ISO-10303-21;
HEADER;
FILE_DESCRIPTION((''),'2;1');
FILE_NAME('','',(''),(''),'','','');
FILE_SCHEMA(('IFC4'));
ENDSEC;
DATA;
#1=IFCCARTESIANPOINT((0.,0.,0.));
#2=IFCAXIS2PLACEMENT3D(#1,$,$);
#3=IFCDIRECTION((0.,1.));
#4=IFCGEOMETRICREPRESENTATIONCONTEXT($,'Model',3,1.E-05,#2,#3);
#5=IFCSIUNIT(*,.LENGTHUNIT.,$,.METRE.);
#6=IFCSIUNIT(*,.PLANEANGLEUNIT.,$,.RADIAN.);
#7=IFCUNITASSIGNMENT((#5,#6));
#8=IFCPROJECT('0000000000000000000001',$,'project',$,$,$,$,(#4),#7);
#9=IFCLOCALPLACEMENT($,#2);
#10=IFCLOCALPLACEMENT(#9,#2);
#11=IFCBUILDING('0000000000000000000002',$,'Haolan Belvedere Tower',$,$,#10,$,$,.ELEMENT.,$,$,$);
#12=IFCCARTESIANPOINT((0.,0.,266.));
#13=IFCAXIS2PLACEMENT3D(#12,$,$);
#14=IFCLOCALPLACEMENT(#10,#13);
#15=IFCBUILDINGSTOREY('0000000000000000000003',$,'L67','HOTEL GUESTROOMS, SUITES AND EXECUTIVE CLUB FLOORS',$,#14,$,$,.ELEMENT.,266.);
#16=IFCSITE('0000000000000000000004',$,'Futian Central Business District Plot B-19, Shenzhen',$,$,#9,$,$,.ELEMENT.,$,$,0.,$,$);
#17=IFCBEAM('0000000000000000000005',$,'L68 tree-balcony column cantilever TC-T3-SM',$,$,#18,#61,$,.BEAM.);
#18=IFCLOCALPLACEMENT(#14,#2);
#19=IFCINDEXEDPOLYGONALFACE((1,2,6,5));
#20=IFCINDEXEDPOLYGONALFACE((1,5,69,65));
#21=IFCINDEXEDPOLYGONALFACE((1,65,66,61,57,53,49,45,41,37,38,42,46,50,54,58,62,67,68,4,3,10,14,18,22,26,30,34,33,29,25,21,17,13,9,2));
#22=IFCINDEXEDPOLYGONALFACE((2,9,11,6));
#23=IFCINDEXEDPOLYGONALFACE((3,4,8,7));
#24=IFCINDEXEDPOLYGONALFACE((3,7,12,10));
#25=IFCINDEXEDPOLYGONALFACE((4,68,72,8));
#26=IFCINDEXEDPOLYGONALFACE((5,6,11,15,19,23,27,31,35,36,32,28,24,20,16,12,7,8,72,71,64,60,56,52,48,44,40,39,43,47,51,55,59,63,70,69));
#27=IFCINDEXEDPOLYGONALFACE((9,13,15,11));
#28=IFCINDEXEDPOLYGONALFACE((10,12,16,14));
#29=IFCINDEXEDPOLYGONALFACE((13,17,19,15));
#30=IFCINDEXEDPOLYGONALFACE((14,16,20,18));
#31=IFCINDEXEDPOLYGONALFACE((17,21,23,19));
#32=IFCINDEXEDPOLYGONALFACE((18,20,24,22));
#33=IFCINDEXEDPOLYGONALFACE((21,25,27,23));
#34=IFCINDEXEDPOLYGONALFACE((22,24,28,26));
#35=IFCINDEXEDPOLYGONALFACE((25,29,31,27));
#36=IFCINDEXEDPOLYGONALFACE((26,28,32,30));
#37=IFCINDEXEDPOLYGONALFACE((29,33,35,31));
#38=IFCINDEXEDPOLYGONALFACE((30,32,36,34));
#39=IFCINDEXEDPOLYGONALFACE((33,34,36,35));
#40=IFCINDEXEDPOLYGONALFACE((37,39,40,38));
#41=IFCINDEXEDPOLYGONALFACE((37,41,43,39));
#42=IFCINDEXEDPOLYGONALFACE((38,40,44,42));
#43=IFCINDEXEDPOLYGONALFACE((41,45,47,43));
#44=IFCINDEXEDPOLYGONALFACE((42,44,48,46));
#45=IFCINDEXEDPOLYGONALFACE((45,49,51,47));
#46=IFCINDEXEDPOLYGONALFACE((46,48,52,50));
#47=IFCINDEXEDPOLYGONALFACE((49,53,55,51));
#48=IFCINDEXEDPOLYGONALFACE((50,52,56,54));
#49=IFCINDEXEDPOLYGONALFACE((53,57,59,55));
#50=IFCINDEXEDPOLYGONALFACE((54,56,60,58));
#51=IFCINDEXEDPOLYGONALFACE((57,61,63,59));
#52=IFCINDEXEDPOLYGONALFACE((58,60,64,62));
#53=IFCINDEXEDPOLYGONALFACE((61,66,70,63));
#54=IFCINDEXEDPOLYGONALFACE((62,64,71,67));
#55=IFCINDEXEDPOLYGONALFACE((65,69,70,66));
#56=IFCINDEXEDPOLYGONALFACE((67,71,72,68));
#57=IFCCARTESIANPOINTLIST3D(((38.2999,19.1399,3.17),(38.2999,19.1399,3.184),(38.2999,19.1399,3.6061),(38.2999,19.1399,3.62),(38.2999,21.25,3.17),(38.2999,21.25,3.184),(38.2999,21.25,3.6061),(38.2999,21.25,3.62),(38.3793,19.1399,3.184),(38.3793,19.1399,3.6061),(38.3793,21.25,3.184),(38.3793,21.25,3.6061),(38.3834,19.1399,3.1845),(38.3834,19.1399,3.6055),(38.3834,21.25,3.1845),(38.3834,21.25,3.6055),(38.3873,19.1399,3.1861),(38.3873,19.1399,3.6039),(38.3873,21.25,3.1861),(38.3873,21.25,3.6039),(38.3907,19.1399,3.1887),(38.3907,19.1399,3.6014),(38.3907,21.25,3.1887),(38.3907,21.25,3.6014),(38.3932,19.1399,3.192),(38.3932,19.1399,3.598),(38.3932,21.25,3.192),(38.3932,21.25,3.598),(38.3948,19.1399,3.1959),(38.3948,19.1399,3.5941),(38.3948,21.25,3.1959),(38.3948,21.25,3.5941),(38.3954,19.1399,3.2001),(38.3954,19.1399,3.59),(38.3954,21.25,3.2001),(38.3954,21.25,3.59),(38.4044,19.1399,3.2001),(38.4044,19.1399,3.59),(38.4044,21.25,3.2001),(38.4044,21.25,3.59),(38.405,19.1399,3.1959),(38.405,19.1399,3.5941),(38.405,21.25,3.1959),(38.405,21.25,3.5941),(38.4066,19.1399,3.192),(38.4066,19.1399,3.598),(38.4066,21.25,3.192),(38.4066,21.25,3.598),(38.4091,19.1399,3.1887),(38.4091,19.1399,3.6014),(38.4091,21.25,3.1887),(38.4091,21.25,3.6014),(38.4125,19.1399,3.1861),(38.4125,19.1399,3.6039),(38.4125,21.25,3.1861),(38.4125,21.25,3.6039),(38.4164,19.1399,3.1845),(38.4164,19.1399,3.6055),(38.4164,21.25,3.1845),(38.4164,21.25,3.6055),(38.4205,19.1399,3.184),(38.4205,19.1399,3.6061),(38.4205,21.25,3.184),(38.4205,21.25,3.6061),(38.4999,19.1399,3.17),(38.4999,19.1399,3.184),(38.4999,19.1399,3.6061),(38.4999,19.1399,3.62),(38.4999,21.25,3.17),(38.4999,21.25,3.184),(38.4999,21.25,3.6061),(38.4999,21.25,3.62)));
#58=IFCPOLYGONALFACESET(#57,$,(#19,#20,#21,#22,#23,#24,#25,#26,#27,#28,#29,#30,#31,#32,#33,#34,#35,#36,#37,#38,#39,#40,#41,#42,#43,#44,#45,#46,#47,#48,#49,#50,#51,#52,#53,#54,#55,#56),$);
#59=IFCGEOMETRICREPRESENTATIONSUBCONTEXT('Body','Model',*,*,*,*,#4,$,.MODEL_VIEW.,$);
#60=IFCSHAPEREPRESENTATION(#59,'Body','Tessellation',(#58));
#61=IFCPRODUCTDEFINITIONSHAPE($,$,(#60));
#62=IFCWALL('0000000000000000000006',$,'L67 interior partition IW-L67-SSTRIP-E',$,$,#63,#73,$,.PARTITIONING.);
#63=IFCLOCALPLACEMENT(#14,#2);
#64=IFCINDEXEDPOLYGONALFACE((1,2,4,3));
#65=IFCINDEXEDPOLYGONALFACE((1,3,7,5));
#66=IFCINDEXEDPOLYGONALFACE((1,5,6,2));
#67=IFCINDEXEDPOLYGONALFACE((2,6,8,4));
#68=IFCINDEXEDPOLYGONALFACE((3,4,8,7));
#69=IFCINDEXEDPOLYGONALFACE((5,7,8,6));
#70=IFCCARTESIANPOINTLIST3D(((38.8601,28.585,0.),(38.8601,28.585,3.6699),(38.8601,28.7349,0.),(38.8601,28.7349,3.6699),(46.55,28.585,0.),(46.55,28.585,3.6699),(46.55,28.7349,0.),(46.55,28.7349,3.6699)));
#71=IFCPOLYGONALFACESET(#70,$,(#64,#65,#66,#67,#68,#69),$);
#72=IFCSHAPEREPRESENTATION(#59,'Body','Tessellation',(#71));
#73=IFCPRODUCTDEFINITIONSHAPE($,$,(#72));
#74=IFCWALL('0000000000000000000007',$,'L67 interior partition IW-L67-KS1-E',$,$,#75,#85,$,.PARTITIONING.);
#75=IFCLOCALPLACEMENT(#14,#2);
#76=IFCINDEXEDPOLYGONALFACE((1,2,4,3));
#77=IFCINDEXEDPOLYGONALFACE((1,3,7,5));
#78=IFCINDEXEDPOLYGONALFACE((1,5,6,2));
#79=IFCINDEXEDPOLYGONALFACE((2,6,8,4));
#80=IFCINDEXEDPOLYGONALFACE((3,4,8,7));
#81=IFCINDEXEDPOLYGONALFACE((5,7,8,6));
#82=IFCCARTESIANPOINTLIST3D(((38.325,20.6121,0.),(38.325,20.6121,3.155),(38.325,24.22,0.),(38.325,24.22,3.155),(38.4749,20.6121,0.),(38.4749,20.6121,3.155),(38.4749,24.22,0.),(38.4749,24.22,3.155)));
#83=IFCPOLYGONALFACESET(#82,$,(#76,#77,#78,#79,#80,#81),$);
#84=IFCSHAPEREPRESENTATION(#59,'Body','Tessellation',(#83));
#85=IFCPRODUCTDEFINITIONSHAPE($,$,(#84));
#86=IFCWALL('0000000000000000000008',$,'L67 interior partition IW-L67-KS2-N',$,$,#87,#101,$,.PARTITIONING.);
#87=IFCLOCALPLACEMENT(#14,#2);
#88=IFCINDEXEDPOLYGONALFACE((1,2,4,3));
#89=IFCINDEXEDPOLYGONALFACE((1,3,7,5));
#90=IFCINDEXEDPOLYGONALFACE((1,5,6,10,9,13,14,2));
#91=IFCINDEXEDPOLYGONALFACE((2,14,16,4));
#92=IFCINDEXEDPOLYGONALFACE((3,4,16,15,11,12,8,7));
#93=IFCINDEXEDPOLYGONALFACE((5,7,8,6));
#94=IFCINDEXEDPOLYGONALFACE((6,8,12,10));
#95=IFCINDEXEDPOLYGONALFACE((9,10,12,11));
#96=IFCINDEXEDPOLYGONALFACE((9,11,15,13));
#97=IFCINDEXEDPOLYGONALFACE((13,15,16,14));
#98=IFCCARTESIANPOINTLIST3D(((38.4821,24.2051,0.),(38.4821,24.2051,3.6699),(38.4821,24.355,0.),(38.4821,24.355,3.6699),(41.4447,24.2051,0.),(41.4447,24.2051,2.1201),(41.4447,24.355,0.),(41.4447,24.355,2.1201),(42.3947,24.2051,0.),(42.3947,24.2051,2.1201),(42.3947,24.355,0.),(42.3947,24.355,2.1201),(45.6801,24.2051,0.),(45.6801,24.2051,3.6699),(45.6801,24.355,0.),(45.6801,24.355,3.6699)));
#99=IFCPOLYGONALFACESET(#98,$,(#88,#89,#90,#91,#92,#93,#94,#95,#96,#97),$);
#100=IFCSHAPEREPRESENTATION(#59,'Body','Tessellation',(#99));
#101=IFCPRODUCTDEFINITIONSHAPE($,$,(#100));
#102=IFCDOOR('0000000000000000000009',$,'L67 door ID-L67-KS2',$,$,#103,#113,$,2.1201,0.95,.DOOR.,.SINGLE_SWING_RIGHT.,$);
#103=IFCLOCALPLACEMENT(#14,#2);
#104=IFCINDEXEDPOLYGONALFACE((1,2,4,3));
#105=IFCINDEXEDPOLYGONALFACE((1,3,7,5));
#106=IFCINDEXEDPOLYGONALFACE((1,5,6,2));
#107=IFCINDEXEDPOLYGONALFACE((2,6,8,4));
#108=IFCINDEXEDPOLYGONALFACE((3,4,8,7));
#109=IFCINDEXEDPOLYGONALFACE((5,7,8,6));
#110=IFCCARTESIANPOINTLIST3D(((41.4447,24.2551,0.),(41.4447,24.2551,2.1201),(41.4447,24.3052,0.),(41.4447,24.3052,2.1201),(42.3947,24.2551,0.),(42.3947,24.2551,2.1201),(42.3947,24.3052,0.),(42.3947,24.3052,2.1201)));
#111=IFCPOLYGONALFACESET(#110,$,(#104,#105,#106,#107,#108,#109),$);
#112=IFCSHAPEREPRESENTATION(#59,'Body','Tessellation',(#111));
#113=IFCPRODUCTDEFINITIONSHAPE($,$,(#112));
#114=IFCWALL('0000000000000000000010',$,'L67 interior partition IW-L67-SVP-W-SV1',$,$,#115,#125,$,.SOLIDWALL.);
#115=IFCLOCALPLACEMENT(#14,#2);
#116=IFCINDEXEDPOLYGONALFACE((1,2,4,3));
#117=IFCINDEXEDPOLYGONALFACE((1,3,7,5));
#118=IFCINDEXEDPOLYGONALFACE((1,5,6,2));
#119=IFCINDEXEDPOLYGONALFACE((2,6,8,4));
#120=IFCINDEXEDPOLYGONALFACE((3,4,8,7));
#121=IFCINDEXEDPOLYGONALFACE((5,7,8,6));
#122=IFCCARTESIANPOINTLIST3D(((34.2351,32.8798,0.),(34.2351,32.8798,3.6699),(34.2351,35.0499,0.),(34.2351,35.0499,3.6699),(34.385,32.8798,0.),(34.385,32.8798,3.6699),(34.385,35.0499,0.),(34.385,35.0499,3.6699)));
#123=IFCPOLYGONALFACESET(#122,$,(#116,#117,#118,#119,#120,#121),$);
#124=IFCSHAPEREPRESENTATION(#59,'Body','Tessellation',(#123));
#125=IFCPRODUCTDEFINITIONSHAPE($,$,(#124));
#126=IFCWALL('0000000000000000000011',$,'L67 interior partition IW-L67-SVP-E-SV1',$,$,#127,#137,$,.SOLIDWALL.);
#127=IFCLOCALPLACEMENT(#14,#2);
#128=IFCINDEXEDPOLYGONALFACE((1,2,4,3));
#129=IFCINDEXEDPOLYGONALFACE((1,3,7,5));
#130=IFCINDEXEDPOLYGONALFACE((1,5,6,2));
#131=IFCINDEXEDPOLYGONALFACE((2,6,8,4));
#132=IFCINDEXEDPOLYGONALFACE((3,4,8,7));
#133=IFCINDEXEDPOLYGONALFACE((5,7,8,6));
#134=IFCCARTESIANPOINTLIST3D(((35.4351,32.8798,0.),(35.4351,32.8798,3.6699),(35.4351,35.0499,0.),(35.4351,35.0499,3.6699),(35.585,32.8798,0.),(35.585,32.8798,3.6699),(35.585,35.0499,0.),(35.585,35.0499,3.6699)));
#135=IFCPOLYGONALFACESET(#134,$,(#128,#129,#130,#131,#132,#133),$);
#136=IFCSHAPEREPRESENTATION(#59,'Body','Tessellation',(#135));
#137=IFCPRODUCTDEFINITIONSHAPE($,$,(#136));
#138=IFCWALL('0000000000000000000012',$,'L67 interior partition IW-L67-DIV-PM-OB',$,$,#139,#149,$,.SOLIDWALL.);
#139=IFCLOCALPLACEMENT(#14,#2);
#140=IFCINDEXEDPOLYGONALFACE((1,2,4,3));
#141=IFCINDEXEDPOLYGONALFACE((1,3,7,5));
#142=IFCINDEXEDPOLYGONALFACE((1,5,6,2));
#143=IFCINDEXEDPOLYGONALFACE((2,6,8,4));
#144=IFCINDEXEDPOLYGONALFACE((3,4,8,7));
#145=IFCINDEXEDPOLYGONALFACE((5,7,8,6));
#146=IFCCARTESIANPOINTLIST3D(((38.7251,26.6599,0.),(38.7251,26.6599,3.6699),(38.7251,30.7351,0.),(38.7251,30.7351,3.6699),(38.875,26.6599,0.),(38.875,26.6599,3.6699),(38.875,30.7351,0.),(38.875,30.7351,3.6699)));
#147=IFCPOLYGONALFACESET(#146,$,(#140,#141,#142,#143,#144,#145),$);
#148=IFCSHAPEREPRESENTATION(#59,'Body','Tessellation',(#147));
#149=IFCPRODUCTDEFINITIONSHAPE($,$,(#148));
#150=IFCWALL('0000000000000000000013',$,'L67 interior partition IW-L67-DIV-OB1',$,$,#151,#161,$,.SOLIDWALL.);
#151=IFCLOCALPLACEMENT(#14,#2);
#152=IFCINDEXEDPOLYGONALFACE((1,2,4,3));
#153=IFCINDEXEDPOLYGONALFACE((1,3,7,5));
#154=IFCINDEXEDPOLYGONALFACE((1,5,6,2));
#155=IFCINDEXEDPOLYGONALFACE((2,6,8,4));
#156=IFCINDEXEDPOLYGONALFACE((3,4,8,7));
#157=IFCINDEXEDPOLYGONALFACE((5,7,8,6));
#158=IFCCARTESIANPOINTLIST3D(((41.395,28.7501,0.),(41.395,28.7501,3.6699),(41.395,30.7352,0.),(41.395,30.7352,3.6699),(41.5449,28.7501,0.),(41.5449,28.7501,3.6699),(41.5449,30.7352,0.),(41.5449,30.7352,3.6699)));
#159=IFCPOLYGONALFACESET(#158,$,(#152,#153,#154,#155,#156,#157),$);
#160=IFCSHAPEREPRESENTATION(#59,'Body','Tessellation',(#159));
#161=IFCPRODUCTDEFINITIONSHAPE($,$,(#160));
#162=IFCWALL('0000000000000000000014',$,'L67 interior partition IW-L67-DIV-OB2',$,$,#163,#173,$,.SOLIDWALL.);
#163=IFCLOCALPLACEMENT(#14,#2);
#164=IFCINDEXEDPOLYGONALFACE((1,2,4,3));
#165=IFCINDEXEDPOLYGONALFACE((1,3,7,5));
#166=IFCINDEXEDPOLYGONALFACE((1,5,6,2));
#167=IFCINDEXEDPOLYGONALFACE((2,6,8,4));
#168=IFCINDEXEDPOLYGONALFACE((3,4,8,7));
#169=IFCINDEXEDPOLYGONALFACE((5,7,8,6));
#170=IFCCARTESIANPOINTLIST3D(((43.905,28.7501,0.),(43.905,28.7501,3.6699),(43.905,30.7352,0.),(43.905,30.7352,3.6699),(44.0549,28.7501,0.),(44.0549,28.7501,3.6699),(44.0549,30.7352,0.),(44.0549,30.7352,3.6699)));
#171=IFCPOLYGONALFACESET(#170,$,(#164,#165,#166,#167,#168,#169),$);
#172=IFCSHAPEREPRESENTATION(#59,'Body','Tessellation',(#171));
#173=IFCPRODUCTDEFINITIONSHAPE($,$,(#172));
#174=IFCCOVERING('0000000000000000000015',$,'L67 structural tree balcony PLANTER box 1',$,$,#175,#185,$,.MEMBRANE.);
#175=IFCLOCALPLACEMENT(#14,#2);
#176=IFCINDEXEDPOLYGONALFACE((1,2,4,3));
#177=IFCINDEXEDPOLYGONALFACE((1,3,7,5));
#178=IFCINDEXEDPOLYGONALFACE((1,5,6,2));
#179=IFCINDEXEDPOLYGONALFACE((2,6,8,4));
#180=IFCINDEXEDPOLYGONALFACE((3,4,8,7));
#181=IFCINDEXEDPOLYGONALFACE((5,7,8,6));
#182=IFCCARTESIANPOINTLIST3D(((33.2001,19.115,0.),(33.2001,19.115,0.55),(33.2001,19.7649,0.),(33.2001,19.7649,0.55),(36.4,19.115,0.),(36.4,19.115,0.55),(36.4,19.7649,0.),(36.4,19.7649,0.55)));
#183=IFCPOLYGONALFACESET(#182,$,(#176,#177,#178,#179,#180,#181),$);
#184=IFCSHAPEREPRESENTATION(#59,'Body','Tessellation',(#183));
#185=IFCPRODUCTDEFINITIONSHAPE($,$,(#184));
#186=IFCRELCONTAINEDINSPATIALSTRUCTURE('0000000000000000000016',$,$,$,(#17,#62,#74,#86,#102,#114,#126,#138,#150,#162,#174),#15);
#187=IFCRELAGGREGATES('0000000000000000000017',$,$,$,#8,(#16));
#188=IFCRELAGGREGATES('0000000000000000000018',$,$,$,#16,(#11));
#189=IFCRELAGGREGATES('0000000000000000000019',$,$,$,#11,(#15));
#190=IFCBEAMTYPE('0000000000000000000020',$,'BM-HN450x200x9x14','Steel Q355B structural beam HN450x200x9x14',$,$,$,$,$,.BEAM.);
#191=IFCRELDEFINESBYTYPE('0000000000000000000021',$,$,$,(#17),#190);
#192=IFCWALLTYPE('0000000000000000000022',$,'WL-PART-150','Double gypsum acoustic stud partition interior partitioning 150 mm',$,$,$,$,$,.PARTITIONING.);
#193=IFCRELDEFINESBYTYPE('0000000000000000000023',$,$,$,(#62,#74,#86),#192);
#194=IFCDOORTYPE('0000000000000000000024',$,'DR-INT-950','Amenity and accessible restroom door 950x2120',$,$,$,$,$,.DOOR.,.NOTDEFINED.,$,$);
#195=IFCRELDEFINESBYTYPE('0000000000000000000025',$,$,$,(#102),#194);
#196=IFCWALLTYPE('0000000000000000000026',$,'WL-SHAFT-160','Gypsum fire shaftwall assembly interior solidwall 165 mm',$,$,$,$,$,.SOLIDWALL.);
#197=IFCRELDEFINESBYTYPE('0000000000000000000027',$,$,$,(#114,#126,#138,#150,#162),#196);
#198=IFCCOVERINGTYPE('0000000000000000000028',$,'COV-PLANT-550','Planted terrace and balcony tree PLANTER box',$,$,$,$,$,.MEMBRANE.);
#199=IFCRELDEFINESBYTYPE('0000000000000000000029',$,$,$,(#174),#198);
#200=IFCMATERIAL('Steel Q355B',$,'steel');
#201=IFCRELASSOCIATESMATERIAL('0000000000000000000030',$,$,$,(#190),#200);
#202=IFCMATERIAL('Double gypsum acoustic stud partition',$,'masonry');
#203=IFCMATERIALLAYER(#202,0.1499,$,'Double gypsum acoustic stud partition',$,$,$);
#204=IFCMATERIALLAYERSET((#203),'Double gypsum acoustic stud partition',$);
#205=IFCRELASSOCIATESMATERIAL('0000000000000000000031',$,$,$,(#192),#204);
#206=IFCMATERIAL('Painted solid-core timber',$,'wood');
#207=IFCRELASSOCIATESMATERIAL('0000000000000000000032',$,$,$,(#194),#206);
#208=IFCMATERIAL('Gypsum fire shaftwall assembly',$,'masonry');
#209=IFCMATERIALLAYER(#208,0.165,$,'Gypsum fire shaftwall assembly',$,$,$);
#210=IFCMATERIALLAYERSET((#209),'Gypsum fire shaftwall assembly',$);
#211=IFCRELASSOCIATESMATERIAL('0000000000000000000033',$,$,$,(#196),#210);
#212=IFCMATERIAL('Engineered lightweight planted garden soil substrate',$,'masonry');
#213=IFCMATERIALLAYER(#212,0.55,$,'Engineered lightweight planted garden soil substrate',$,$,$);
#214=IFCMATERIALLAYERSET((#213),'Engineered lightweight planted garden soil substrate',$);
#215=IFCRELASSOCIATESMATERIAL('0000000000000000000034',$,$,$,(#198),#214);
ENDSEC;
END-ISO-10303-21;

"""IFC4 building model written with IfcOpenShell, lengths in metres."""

from ifc_helpers import new_model, si_unit, direction, frame, frame_2d, origin, origin_2d, place, context, subcontext, project, spatial, rectangle, i_section, extrude, material, layer, layer_set, material_profile, profile_set, type_object, element, fill, save


model = new_model("IFC4")

# Units and contexts
model_context = context("Model", 3, precision=1e-05, world=origin(), true_north=direction((0.0, 1.0)))
body_context = subcontext(model_context, "Body", "Model", "MODEL_VIEW")
ifc_project = project(units=[si_unit("LENGTHUNIT", "METRE"), si_unit("PLANEANGLEUNIT", "RADIAN")], contexts=[model_context])

# Site, building, storey
site_placement = place(None, origin())
site = spatial("IfcSite", under=ifc_project, at=site_placement, Name="Futian Central Business District Plot B-19, Shenzhen", CompositionType="ELEMENT", RefElevation=0.0)
building_placement = place(site_placement, origin())
building = spatial("IfcBuilding", under=site, at=building_placement, Name="Haolan Belvedere Tower", CompositionType="ELEMENT")
storey_placement = place(building_placement, frame((0.0, 0.0, 266.0)))
storey = spatial("IfcBuildingStorey", under=building, at=storey_placement, Name="L67", Description="HOTEL GUESTROOMS, SUITES AND EXECUTIVE CLUB FLOORS", CompositionType="ELEMENT", Elevation=266.0)

# Beam
ifc_material_1 = material(Name="Steel Q355B", Category="steel")
ifc_material_profile_1 = material_profile(ifc_material_1, i_section(OverallWidth=0.2, OverallDepth=0.45, WebThickness=0.009, FlangeThickness=0.0139, FilletRadius=0.0161, at=origin_2d()), Name="Steel Q355B")
ifc_profile_set_1 = profile_set([ifc_material_profile_1], Name="Steel Q355B")
beam_type_1 = type_object("IfcBeamType", Name="BM-HN450x200x9x14", Description="Steel Q355B structural beam HN450x200x9x14", PredefinedType="BEAM", material=ifc_profile_set_1)
beam_1_placement = place(storey_placement, frame((38.3999, 21.25, 3.395), z_axis=(0.0, -1.0, 0.0), x_axis=(1.0, 0.0, 0.0)))
element("IfcBeam", 1, at=beam_1_placement, inside=storey, type_object=beam_type_1, Name="L68 tree-balcony column cantilever TC-T3-SM", PredefinedType="BEAM", context=body_context, shape_type="SweptSolid", body=[
    extrude(i_section(OverallWidth=0.2, OverallDepth=0.45, WebThickness=0.009, FlangeThickness=0.0139, FilletRadius=0.0161, at=origin_2d()), origin(), (0.0, 0.0, 1.0), 2.1101),
])

# Walls
ifc_material_2 = material(Name="Double gypsum acoustic stud partition", Category="masonry")
ifc_layer_1 = layer(ifc_material_2, 0.1499, Name="Double gypsum acoustic stud partition")
ifc_layer_set_1 = layer_set([ifc_layer_1], Name="Double gypsum acoustic stud partition")
wall_type_1 = type_object("IfcWallType", Name="WL-PART-150", Description="Double gypsum acoustic stud partition interior partitioning 150 mm", PredefinedType="PARTITIONING", material=ifc_layer_set_1)
wall_1_placement = place(storey_placement, frame((38.8601, 28.6599, 0.0), z_axis=(0.0, 0.0, 1.0), x_axis=(1.0, 0.0, 0.0)))
element("IfcWall", 2, at=wall_1_placement, inside=storey, type_object=wall_type_1, Name="L67 interior partition IW-L67-SSTRIP-E", PredefinedType="PARTITIONING", context=body_context, shape_type="SweptSolid", body=[
    extrude(rectangle(XDim=7.6899, YDim=0.1499, at=frame_2d((3.845, 0.0))), origin(), (0.0, 0.0, 1.0), 3.6699),
])
wall_2_placement = place(storey_placement, frame((38.3999, 20.6121, 0.0), z_axis=(0.0, 0.0, 1.0), x_axis=(0.0, 1.0, 0.0)))
element("IfcWall", 3, at=wall_2_placement, inside=storey, type_object=wall_type_1, Name="L67 interior partition IW-L67-KS1-E", PredefinedType="PARTITIONING", context=body_context, shape_type="SweptSolid", body=[
    extrude(rectangle(XDim=3.6079, YDim=0.1499, at=frame_2d((1.804, 0.0))), origin(), (0.0, 0.0, 1.0), 3.155),
])

# Wall, opening, door
wall_3_placement = place(storey_placement, frame((38.4819, 24.28, 0.0), z_axis=(0.0, 0.0, 1.0), x_axis=(1.0, 0.0, 0.0)))
wall_3 = element("IfcWall", 4, at=wall_3_placement, inside=storey, type_object=wall_type_1, Name="L67 interior partition IW-L67-KS2-N", PredefinedType="PARTITIONING", context=body_context, shape_type="SweptSolid", body=[
    extrude(rectangle(XDim=7.198, YDim=0.1499, at=frame_2d((3.5991, 0.0))), origin(), (0.0, 0.0, 1.0), 3.6699),
])
opening_placement = place(wall_3_placement, frame((3.9128, 0.0, 0.0), z_axis=(0.0, 0.0, 1.0), x_axis=(-1.0, 0.0, 0.0)))
opening = element("IfcOpeningElement", 5, at=opening_placement, cuts=wall_3, PredefinedType="OPENING", context=body_context, shape_type="SweptSolid", body=[
    extrude(rectangle(XDim=0.95, YDim=2.1201, at=frame_2d((0.4751, 1.0601))), frame((0.0, 0.085, 0.0), z_axis=(0.0, -1.0, 0.0), x_axis=(1.0, 0.0, 0.0)), (0.0, 0.0, 1.0), 0.1699),
])
ifc_material_3 = material(Name="Painted solid-core timber", Category="wood")
door_type = type_object("IfcDoorType", Name="DR-INT-950", Description="Amenity and accessible restroom door 950x2120", OperationType="NOTDEFINED", PredefinedType="DOOR", material=ifc_material_3)
door_placement = place(opening_placement, origin())
door = element("IfcDoor", 6, at=door_placement, inside=storey, type_object=door_type, Name="L67 door ID-L67-KS2", OperationType="SINGLE_SWING_RIGHT", OverallHeight=2.1201, OverallWidth=0.95, PredefinedType="DOOR", context=body_context, shape_type="SweptSolid", body=[
    extrude(rectangle(XDim=0.95, YDim=2.1201, at=frame_2d((0.4751, 1.0601))), frame((0.0, 0.0249, 0.0), z_axis=(0.0, -1.0, 0.0), x_axis=(1.0, 0.0, 0.0)), (0.0, 0.0, 1.0), 0.05),
])
fill(opening, door)

# Walls
ifc_material_4 = material(Name="Gypsum fire shaftwall assembly", Category="masonry")
ifc_layer_2 = layer(ifc_material_4, 0.165, Name="Gypsum fire shaftwall assembly")
ifc_layer_set_2 = layer_set([ifc_layer_2], Name="Gypsum fire shaftwall assembly")
wall_type_2 = type_object("IfcWallType", Name="WL-SHAFT-160", Description="Gypsum fire shaftwall assembly interior solidwall 165 mm", PredefinedType="SOLIDWALL", material=ifc_layer_set_2)
for number, where, z_axis, x_axis, name in (
    (7, (34.3101, 32.8799, 0.0), (0.0, 0.0, 1.0), (0.0, 1.0, 0.0), "L67 interior partition IW-L67-SVP-W-SV1"),
    (8, (35.51, 32.8799, 0.0), (0.0, 0.0, 1.0), (0.0, 1.0, 0.0), "L67 interior partition IW-L67-SVP-E-SV1"),
):
    element("IfcWall", number, at=place(storey_placement, frame(where, z_axis=z_axis, x_axis=x_axis)), inside=storey, type_object=wall_type_2, Name=name, PredefinedType="SOLIDWALL", context=body_context, shape_type="SweptSolid", body=[
        extrude(rectangle(XDim=2.1702, YDim=0.1499, at=frame_2d((1.085, 0.0))), origin(), (0.0, 0.0, 1.0), 3.6699),
    ])
wall_4_placement = place(storey_placement, frame((38.8, 26.6599, 0.0), z_axis=(0.0, 0.0, 1.0), x_axis=(0.0, 1.0, 0.0)))
element("IfcWall", 9, at=wall_4_placement, inside=storey, type_object=wall_type_2, Name="L67 interior partition IW-L67-DIV-PM-OB", PredefinedType="SOLIDWALL", context=body_context, shape_type="SweptSolid", body=[
    extrude(rectangle(XDim=4.0752, YDim=0.1499, at=frame_2d((2.0376, 0.0))), origin(), (0.0, 0.0, 1.0), 3.6699),
])
for number, where, z_axis, x_axis, name in (
    (10, (41.47, 28.75, 0.0), (0.0, 0.0, 1.0), (0.0, 1.0, 0.0), "L67 interior partition IW-L67-DIV-OB1"),
    (11, (43.98, 28.75, 0.0), (0.0, 0.0, 1.0), (0.0, 1.0, 0.0), "L67 interior partition IW-L67-DIV-OB2"),
):
    element("IfcWall", number, at=place(storey_placement, frame(where, z_axis=z_axis, x_axis=x_axis)), inside=storey, type_object=wall_type_2, Name=name, PredefinedType="SOLIDWALL", context=body_context, shape_type="SweptSolid", body=[
        extrude(rectangle(XDim=1.9851, YDim=0.1499, at=frame_2d((0.9927, 0.0))), origin(), (0.0, 0.0, 1.0), 3.6699),
    ])

# Covering
ifc_material_5 = material(Name="Engineered lightweight planted garden soil substrate", Category="masonry")
ifc_layer_3 = layer(ifc_material_5, 0.55, Name="Engineered lightweight planted garden soil substrate")
ifc_layer_set_3 = layer_set([ifc_layer_3], Name="Engineered lightweight planted garden soil substrate")
covering_type = type_object("IfcCoveringType", Name="COV-PLANT-550", Description="Planted terrace and balcony tree PLANTER box", PredefinedType="MEMBRANE", material=ifc_layer_set_3)
covering_placement = place(storey_placement, frame((34.8, 19.4399, 0.0), z_axis=(0.0, 0.0, 1.0), x_axis=(1.0, 0.0, 0.0)))
element("IfcCovering", 12, at=covering_placement, inside=storey, type_object=covering_type, Name="L67 structural tree balcony PLANTER box 1", PredefinedType="MEMBRANE", context=body_context, shape_type="SweptSolid", body=[
    extrude(rectangle(XDim=3.2, YDim=0.6499, at=origin_2d()), origin(), (0.0, 0.0, 1.0), 0.55),
])

save(model, "model.ifc")
